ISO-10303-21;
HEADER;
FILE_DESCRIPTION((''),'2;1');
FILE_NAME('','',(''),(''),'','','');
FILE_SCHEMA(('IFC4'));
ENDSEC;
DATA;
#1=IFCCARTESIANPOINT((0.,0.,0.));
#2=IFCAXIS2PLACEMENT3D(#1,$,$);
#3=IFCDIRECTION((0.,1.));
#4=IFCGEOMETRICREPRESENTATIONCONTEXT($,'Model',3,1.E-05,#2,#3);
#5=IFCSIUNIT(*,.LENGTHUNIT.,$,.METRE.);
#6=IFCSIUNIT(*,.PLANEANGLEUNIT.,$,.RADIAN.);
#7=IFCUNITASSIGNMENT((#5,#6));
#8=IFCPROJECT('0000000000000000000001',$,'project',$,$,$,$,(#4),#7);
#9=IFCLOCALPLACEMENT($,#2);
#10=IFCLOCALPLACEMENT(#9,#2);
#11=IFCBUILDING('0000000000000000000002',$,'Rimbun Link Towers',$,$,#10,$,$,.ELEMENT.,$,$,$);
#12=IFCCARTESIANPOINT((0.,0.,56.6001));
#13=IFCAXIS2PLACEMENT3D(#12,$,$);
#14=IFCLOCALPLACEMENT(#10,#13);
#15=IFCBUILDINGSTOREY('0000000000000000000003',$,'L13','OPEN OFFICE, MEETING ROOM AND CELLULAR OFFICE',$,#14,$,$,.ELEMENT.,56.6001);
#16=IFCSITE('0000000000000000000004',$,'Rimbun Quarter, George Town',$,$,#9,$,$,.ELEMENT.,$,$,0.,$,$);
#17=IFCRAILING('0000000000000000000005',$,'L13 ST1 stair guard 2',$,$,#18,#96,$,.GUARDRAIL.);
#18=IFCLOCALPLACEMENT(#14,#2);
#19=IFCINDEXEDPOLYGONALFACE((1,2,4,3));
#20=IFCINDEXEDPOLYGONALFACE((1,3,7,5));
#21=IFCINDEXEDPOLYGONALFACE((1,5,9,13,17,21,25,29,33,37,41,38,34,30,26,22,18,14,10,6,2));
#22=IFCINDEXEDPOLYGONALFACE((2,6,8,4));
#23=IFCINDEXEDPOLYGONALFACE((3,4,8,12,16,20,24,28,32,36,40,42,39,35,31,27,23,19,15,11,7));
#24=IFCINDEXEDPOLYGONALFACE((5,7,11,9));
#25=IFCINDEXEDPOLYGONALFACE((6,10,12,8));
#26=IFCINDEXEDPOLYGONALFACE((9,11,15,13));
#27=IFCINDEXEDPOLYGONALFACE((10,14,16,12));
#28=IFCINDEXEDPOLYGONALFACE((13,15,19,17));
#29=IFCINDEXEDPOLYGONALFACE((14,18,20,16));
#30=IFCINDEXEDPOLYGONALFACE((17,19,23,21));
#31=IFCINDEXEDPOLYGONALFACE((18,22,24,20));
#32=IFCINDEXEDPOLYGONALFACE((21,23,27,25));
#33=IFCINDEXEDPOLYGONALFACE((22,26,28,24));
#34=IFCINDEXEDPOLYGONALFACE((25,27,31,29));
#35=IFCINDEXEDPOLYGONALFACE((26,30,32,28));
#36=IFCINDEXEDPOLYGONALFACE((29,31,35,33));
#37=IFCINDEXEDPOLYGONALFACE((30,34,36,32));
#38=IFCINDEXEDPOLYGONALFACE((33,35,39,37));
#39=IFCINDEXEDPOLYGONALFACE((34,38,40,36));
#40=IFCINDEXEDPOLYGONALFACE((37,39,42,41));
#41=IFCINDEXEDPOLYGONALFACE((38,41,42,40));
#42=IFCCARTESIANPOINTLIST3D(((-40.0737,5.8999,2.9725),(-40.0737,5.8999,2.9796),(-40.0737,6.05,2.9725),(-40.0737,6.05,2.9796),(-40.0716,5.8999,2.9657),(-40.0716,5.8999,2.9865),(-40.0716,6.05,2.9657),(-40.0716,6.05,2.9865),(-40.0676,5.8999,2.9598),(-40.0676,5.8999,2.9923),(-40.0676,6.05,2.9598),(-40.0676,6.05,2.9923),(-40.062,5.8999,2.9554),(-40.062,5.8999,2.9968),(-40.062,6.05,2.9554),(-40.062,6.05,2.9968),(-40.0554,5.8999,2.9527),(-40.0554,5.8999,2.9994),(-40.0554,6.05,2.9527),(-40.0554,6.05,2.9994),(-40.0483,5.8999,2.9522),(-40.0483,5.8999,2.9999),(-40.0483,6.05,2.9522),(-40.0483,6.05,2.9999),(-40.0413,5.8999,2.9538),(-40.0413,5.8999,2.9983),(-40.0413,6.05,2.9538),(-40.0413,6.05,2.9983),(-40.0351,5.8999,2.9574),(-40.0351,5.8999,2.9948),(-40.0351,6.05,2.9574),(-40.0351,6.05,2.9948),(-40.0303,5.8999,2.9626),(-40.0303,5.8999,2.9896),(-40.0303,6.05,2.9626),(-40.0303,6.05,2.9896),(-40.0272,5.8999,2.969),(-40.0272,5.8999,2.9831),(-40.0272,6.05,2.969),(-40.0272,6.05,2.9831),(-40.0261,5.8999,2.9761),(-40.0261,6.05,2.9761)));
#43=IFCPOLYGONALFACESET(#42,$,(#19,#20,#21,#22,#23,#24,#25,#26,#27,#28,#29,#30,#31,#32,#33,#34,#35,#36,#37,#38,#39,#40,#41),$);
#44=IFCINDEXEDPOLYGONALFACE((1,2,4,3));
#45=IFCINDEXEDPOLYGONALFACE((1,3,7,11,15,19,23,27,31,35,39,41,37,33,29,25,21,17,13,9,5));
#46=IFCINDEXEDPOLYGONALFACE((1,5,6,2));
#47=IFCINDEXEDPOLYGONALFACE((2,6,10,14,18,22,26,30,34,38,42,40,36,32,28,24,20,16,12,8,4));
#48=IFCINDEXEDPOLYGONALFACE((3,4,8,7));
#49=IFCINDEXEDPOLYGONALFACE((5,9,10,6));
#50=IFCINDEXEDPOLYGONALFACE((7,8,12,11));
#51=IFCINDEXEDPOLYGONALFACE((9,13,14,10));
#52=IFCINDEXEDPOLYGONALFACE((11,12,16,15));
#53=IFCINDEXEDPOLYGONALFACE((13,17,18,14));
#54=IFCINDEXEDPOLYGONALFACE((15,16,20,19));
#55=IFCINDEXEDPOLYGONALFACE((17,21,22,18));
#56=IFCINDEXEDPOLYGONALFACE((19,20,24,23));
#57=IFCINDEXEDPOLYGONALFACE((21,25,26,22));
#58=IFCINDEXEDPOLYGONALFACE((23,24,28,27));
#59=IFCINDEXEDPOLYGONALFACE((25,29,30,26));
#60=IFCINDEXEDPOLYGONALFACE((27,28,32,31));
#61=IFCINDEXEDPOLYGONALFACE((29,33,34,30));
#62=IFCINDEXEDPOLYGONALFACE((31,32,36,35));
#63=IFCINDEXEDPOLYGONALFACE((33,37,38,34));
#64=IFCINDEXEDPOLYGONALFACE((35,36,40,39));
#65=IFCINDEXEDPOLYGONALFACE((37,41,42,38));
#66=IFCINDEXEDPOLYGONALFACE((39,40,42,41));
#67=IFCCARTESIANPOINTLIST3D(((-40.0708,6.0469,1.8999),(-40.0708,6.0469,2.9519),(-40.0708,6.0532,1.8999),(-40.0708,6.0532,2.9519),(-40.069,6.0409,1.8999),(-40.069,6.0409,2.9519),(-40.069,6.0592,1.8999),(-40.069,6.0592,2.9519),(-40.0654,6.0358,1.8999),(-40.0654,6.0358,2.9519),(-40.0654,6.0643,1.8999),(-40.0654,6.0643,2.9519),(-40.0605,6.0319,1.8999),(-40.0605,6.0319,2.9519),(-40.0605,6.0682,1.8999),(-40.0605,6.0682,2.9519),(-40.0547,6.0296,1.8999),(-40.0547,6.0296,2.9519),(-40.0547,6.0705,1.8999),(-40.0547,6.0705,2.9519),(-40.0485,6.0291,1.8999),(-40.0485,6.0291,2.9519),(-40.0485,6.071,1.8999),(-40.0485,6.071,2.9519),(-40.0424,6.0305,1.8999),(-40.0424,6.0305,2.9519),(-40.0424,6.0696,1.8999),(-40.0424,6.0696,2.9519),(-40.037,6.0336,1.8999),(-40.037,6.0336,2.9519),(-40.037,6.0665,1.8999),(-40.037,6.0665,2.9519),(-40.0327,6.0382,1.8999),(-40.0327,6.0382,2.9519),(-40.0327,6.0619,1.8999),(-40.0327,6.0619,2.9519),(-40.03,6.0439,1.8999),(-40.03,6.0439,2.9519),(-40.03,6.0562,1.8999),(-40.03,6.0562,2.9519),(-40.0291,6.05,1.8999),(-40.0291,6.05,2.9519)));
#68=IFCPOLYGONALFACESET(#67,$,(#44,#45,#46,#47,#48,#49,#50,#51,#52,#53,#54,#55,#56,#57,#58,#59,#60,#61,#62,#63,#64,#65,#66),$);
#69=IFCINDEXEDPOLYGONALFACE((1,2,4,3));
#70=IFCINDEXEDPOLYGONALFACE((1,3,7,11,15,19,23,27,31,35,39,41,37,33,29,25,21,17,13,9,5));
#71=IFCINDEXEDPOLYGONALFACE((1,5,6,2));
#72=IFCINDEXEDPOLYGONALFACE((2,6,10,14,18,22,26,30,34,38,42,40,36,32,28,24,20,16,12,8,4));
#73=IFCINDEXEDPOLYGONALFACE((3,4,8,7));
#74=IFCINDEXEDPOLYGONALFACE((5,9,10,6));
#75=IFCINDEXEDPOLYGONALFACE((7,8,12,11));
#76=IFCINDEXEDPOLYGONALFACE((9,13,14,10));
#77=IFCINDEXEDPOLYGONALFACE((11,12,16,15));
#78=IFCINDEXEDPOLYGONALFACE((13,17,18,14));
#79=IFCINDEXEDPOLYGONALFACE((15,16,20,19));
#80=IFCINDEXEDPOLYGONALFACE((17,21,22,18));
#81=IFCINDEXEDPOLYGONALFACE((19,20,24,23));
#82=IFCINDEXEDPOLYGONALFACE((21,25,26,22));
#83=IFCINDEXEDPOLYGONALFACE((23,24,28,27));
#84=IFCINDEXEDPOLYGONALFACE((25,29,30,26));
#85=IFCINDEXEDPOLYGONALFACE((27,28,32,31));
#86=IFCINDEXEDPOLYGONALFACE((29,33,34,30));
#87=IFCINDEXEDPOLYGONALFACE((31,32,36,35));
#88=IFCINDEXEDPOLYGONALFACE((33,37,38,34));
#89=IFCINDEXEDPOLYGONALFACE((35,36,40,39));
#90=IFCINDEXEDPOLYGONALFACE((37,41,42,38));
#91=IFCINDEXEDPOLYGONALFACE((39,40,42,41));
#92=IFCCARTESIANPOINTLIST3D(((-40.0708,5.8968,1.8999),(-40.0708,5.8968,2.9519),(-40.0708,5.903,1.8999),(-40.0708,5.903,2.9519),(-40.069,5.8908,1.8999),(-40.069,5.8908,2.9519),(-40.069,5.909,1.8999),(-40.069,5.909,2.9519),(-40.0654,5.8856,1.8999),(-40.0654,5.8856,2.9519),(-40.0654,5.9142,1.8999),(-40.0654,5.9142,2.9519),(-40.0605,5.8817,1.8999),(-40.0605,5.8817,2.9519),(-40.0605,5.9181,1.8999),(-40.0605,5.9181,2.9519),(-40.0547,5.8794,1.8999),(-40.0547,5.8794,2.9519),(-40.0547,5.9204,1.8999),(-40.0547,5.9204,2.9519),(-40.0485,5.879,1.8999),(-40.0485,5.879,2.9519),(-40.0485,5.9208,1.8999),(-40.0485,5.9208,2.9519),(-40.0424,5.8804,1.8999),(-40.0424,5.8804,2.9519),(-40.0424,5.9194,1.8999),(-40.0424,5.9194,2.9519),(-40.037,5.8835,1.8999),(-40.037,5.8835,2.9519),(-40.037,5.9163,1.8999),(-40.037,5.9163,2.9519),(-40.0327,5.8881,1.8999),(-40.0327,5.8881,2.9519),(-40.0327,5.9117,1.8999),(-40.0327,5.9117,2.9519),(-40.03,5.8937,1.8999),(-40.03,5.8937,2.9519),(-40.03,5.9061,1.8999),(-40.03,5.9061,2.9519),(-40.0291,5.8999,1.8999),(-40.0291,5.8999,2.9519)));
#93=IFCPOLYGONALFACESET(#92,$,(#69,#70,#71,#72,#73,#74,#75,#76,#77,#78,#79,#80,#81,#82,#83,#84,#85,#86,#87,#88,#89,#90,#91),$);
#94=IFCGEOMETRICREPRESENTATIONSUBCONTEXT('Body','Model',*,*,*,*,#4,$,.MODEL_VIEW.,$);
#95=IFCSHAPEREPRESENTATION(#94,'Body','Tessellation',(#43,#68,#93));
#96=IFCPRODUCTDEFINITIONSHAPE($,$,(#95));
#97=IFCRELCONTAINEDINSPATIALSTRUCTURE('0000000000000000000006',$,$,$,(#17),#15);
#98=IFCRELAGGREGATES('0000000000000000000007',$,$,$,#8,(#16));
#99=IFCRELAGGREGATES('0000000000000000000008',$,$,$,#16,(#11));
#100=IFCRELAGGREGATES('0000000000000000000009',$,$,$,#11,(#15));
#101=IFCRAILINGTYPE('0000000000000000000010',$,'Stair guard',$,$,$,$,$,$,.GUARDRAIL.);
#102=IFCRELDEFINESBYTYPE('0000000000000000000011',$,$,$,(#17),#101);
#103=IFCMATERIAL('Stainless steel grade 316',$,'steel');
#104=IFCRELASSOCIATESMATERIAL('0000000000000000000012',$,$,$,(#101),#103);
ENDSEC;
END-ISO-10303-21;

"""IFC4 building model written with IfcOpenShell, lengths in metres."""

from ifc_helpers import new_model, si_unit, direction, frame, origin, origin_2d, place, context, subcontext, project, spatial, circle, extrude, material, type_object, element, save


model = new_model("IFC4")

# Units and contexts
model_context = context("Model", 3, precision=1e-05, world=origin(), true_north=direction((0.0, 1.0)))
body_context = subcontext(model_context, "Body", "Model", "MODEL_VIEW")
ifc_project = project(units=[si_unit("LENGTHUNIT", "METRE"), si_unit("PLANEANGLEUNIT", "RADIAN")], contexts=[model_context])

# Site, building, storey
site_placement = place(None, origin())
site = spatial("IfcSite", under=ifc_project, at=site_placement, Name="Rimbun Quarter, George Town", CompositionType="ELEMENT", RefElevation=0.0)
building_placement = place(site_placement, origin())
building = spatial("IfcBuilding", under=site, at=building_placement, Name="Rimbun Link Towers", CompositionType="ELEMENT")
storey_placement = place(building_placement, frame((0.0, 0.0, 56.6001)))
storey = spatial("IfcBuildingStorey", under=building, at=storey_placement, Name="L13", Description="OPEN OFFICE, MEETING ROOM AND CELLULAR OFFICE", CompositionType="ELEMENT", Elevation=56.6001)

# Railing
ifc_material_1 = material(Name="Stainless steel grade 316", Category="steel")
railing_type_1 = type_object("IfcRailingType", Name="Stair guard", PredefinedType="GUARDRAIL", material=ifc_material_1)
railing_1_placement = place(storey_placement, frame((-40.05, 6.05, 1.8999)))
element("IfcRailing", 1, at=railing_1_placement, inside=storey, type_object=railing_type_1, Name="L13 ST1 stair guard 2", PredefinedType="GUARDRAIL", context=body_context, shape_type="SweptSolid", body=[
    extrude(circle(Radius=0.0239, at=origin_2d()), frame((0.0, 0.0, 1.0762), z_axis=(0.0, -1.0, 0.0), x_axis=(1.0, 0.0, 0.0)), (0.0, 0.0, 1.0), 0.1501),
    extrude(circle(Radius=0.021, at=origin_2d()), origin(), (0.0, 0.0, 1.0), 1.052),
    extrude(circle(Radius=0.021, at=origin_2d()), frame((0.0, -0.1501, 0.0)), (0.0, 0.0, 1.0), 1.052),
])

save(model, "model.ifc")
